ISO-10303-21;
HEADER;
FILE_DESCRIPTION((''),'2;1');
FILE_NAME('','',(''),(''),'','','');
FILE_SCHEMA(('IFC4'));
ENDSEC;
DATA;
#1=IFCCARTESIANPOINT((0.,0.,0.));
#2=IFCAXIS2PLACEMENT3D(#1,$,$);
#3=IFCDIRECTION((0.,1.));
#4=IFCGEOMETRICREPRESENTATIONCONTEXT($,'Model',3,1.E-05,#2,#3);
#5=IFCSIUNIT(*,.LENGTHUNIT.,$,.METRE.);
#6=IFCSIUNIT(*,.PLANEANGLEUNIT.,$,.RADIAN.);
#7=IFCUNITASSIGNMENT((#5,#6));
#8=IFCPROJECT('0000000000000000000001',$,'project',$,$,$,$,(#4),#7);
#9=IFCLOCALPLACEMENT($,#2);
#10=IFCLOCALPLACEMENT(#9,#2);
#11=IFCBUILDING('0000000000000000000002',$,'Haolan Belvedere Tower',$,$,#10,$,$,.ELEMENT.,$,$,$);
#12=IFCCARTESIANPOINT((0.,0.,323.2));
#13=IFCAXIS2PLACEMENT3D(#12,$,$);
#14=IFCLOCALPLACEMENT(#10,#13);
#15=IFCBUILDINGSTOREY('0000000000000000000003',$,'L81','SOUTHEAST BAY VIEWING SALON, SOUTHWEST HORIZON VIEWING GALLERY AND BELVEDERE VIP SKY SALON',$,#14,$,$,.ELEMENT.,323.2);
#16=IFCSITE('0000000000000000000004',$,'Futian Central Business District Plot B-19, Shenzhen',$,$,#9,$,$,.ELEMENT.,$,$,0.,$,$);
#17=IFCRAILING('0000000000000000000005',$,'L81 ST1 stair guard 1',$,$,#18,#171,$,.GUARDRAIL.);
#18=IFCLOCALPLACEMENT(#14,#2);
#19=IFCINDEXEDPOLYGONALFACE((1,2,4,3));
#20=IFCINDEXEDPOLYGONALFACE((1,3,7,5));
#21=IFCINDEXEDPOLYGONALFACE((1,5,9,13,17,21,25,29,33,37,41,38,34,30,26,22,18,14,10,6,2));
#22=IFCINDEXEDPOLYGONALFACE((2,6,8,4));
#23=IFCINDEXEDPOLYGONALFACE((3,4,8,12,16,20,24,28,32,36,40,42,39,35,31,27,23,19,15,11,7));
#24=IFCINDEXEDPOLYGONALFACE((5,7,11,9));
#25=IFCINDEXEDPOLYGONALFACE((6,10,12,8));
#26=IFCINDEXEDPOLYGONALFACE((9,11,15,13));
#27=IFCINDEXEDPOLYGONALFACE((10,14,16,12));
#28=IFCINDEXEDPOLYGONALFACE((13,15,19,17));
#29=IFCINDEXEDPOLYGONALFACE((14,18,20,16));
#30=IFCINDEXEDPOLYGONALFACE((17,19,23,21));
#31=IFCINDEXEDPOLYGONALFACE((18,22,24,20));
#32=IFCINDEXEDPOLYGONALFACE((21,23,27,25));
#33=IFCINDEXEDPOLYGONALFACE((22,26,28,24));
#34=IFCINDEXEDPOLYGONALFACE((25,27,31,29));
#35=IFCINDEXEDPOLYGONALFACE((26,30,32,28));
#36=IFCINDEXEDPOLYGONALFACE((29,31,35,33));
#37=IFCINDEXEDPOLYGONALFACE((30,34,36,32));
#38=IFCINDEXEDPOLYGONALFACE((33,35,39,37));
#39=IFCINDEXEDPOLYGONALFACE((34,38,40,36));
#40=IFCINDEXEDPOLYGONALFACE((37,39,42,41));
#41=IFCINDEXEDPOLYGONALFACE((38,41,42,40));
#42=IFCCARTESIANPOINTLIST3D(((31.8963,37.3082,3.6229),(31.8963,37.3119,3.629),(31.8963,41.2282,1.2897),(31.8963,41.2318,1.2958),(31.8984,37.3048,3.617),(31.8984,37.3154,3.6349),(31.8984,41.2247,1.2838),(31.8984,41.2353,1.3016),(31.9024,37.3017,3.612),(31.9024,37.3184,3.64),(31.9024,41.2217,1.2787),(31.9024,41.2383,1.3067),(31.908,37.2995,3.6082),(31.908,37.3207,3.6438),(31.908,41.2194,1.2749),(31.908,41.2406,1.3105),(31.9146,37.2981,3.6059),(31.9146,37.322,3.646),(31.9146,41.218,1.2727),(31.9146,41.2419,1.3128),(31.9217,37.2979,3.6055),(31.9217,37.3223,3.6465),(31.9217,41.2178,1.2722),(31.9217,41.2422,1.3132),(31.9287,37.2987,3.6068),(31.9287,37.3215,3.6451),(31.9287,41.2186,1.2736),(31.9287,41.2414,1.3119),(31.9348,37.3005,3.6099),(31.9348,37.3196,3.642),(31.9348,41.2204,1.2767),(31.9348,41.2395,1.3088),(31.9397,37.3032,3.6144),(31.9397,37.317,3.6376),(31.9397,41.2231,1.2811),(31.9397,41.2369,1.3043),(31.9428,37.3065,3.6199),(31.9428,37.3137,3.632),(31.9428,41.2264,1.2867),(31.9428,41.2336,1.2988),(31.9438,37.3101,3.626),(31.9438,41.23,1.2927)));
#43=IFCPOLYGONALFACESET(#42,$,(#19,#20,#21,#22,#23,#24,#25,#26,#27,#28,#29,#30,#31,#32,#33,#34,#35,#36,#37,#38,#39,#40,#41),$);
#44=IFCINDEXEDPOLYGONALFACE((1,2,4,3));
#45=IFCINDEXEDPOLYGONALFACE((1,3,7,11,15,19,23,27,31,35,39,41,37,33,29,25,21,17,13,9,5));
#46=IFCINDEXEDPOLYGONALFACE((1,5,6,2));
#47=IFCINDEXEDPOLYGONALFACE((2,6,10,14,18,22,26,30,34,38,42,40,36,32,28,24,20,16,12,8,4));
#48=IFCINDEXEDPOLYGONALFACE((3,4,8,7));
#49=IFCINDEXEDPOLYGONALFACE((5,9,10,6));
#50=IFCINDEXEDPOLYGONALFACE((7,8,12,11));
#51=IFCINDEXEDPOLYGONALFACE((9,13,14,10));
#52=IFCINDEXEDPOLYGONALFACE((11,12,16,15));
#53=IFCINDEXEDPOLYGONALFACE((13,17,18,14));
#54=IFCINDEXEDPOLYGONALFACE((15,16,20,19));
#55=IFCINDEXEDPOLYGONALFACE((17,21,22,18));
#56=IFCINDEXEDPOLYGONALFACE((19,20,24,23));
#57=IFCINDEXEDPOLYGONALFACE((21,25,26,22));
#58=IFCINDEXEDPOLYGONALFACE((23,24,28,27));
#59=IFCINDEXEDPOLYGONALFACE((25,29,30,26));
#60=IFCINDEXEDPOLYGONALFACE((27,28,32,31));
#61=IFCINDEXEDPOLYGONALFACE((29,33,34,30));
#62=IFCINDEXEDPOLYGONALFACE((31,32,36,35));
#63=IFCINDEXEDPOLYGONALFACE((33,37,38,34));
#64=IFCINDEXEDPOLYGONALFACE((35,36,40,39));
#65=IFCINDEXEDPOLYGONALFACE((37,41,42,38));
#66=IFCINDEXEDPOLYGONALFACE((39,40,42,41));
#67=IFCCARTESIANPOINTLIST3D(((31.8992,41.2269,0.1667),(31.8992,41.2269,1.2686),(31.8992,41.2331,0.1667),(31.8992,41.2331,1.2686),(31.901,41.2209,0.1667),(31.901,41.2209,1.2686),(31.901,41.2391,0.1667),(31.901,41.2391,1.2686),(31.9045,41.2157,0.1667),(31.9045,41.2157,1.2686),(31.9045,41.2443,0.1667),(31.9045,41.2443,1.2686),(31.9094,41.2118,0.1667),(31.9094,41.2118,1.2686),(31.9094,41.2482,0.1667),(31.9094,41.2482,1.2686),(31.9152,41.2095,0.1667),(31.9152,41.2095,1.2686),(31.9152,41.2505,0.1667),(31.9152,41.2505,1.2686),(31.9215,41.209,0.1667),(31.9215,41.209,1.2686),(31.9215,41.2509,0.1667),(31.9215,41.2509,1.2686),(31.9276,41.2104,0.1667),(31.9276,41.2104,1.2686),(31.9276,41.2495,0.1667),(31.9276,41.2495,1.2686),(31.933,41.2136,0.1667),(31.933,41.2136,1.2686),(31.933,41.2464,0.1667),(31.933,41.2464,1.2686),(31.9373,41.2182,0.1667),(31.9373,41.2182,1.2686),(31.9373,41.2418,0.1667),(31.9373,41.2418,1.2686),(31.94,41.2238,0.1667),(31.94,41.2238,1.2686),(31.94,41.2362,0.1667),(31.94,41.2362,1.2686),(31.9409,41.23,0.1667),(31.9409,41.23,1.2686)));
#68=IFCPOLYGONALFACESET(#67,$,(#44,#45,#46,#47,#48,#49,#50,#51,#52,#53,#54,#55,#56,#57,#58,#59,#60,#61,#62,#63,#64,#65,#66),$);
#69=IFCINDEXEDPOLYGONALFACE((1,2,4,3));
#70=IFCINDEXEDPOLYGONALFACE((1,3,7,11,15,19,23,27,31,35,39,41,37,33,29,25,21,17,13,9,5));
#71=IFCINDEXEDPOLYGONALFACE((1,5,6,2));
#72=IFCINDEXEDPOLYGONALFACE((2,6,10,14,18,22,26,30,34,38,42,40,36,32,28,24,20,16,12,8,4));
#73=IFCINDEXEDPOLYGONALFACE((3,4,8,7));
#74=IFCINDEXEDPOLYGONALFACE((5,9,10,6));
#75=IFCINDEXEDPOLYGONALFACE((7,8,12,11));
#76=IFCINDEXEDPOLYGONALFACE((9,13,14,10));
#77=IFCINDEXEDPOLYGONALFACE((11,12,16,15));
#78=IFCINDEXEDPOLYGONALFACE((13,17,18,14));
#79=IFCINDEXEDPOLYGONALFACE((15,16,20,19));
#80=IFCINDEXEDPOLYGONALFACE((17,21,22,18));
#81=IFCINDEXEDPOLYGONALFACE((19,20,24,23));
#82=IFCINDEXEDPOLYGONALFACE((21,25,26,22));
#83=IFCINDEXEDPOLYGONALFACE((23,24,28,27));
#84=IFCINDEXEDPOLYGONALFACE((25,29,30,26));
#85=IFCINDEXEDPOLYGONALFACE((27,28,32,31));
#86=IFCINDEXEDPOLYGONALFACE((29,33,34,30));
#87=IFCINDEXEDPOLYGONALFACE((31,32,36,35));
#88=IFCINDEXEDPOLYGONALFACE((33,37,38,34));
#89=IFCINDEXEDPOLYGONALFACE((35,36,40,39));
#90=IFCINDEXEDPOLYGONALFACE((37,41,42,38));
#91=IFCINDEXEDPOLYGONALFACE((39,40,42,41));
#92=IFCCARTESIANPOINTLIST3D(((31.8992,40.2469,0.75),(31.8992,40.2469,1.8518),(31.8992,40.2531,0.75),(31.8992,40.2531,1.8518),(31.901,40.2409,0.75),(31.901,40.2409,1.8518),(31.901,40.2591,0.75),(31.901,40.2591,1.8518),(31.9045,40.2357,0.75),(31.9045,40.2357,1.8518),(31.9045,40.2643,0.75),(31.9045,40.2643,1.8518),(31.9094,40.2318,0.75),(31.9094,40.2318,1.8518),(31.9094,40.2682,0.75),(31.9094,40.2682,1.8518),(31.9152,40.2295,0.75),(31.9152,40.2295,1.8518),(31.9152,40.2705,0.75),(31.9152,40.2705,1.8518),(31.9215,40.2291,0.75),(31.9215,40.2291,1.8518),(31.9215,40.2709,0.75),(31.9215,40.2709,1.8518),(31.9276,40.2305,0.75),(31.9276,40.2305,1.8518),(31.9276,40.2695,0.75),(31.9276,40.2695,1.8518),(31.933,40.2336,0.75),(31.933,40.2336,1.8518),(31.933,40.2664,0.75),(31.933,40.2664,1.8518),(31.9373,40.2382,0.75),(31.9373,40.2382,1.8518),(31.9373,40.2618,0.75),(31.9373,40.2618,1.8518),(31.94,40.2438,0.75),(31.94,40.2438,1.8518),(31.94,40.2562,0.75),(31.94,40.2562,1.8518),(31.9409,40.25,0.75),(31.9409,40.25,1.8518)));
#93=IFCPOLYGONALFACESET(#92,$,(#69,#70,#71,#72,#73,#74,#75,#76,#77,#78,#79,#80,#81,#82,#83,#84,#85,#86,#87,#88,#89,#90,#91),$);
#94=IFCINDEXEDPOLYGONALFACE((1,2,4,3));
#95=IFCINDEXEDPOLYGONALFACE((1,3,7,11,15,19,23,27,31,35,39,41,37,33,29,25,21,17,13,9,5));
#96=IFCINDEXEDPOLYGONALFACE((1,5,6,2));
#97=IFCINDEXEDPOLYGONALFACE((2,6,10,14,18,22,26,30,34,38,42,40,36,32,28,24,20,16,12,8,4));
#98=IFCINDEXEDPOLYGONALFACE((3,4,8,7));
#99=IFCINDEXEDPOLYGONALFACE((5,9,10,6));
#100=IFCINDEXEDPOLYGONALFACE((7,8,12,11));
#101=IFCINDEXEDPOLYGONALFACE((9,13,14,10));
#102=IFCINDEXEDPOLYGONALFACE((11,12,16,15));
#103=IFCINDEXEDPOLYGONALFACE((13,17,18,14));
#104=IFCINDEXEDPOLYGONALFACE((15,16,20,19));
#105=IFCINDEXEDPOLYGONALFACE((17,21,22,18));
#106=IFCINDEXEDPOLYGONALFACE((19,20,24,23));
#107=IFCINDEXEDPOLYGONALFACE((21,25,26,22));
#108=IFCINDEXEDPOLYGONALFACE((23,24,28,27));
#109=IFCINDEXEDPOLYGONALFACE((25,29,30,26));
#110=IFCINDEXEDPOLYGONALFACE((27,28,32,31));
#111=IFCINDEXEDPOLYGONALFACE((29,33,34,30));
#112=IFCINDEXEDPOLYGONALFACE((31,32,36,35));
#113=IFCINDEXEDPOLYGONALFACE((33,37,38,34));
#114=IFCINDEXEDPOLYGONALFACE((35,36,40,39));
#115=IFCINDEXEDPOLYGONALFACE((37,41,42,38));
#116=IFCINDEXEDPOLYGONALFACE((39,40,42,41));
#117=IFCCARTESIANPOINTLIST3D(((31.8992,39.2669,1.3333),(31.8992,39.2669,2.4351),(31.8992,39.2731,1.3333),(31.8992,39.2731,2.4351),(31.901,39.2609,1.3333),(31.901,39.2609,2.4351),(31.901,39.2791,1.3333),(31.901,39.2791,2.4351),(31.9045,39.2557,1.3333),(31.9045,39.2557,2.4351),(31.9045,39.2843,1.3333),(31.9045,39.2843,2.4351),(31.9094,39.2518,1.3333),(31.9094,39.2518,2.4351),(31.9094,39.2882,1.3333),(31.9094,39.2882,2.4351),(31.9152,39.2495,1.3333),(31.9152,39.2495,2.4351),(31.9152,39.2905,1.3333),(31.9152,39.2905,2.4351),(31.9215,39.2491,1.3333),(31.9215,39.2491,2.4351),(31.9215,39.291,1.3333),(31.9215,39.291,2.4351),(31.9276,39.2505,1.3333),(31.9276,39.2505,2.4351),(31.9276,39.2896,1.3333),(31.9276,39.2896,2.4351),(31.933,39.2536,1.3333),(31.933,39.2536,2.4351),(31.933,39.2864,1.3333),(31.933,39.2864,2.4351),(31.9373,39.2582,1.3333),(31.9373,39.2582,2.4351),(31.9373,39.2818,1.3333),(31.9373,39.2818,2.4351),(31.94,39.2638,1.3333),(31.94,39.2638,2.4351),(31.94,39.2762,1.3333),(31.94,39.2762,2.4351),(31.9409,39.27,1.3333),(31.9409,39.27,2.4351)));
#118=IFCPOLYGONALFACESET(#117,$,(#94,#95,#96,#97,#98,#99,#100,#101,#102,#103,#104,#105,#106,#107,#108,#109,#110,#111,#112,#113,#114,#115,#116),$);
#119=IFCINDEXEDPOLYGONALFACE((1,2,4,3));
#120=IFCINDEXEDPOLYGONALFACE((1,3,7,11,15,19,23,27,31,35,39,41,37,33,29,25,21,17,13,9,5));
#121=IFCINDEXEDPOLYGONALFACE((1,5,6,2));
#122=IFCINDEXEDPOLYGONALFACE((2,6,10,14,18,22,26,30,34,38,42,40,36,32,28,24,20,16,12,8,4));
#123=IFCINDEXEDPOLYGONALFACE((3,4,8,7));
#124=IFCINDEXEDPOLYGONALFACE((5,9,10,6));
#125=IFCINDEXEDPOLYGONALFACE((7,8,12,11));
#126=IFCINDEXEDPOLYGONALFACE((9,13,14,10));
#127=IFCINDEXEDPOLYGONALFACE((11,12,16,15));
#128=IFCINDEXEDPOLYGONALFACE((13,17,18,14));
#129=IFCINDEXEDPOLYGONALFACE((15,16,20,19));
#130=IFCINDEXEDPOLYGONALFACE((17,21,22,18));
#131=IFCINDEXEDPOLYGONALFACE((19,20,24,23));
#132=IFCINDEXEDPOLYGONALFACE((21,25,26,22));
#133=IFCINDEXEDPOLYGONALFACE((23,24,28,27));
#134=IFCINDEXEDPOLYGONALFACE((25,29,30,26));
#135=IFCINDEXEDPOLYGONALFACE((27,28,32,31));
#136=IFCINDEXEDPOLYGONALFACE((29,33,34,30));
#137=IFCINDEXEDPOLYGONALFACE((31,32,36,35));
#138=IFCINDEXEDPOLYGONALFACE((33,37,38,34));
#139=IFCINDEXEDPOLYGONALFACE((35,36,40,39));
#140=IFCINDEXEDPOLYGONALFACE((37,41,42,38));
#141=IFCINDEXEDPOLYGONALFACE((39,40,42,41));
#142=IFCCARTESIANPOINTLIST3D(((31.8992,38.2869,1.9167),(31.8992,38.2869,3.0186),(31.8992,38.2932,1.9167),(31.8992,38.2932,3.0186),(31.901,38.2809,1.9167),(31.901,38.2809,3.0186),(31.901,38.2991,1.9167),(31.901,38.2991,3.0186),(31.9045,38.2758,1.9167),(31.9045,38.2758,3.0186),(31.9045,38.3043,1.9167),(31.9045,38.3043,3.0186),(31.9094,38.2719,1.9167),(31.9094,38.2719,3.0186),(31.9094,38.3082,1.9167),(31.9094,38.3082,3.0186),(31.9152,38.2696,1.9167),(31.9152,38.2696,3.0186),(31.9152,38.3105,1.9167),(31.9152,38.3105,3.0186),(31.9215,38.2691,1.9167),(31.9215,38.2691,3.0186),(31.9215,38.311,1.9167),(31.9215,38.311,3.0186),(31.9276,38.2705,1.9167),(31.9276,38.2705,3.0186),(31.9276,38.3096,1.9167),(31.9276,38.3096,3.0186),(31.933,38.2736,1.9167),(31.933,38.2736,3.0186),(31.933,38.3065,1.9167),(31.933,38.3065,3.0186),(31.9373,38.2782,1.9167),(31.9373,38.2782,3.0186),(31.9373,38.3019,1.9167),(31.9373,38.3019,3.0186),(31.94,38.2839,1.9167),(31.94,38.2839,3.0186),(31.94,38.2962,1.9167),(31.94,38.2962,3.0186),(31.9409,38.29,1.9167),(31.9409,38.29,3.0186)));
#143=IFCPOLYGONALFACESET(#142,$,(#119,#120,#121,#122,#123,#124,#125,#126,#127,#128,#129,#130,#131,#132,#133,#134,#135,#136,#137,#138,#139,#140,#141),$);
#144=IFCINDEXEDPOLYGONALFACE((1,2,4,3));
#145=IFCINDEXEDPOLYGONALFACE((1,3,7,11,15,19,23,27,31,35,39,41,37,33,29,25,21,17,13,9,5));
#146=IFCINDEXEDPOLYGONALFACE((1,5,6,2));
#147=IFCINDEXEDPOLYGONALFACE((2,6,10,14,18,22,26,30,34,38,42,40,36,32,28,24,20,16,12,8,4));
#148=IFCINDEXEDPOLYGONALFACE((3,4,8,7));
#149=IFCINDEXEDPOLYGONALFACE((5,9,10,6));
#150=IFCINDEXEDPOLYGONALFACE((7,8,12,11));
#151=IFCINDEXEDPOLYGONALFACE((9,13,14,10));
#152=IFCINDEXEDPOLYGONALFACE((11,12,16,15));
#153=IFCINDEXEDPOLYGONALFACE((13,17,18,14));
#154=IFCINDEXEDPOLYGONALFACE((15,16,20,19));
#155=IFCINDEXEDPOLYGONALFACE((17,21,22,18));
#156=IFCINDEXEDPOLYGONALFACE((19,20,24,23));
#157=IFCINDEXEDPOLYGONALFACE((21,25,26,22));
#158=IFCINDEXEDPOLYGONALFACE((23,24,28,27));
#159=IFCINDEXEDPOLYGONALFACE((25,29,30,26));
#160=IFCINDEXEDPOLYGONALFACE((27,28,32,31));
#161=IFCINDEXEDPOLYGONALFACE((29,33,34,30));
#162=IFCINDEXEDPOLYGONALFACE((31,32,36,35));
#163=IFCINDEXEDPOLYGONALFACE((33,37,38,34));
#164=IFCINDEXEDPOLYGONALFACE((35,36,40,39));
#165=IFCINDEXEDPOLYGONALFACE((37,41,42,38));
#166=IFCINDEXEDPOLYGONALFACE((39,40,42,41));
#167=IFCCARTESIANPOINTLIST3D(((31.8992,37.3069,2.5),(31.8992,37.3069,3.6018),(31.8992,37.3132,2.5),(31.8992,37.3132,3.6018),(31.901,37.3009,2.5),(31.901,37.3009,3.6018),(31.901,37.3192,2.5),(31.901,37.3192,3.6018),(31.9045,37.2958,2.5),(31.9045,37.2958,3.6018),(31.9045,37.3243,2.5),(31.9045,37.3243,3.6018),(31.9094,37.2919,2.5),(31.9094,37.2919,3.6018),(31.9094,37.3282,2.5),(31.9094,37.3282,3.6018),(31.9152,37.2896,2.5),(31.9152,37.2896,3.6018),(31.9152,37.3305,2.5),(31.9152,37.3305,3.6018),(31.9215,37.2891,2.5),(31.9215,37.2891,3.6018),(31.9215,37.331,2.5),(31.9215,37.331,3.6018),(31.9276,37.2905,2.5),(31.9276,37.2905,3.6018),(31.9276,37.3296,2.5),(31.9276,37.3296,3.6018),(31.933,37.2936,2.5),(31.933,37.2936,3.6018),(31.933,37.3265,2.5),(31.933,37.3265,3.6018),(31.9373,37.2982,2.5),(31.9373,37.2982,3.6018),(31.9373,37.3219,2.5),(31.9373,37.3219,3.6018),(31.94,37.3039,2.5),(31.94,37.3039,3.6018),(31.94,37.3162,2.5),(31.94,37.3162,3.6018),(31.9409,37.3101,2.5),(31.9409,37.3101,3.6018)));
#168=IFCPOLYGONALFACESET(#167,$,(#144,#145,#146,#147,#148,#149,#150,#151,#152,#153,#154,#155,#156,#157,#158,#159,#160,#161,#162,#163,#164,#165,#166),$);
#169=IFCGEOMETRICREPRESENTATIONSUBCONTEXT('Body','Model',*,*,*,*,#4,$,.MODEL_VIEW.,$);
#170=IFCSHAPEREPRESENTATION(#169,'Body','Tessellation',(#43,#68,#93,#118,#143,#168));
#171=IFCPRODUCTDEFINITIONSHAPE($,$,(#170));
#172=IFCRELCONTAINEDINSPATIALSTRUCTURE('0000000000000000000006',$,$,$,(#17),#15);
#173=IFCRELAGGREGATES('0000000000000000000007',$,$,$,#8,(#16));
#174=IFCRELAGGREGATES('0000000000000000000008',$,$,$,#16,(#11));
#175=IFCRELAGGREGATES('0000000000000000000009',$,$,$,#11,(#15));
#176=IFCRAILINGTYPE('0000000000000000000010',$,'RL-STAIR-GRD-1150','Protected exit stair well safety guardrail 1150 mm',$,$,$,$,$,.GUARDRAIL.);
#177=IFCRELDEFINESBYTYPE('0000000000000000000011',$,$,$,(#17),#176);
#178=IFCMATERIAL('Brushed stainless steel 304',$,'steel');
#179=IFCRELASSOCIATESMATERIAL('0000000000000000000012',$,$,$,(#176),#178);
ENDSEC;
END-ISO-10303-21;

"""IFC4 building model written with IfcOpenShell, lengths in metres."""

from ifc_helpers import new_model, si_unit, direction, frame, origin, origin_2d, place, context, subcontext, project, spatial, circle, extrude, material, type_object, element, save


model = new_model("IFC4")

# Units and contexts
model_context = context("Model", 3, precision=1e-05, world=origin(), true_north=direction((0.0, 1.0)))
body_context = subcontext(model_context, "Body", "Model", "MODEL_VIEW")
ifc_project = project(units=[si_unit("LENGTHUNIT", "METRE"), si_unit("PLANEANGLEUNIT", "RADIAN")], contexts=[model_context])

# Site, building, storey
site_placement = place(None, origin())
site = spatial("IfcSite", under=ifc_project, at=site_placement, Name="Futian Central Business District Plot B-19, Shenzhen", CompositionType="ELEMENT", RefElevation=0.0)
building_placement = place(site_placement, origin())
building = spatial("IfcBuilding", under=site, at=building_placement, Name="Haolan Belvedere Tower", CompositionType="ELEMENT")
storey_placement = place(building_placement, frame((0.0, 0.0, 323.2)))
storey = spatial("IfcBuildingStorey", under=building, at=storey_placement, Name="L81", Description="SOUTHEAST BAY VIEWING SALON, SOUTHWEST HORIZON VIEWING GALLERY AND BELVEDERE VIP SKY SALON", CompositionType="ELEMENT", Elevation=323.2)

# Railing
ifc_material_1 = material(Name="Brushed stainless steel 304", Category="steel")
railing_type_1 = type_object("IfcRailingType", Name="RL-STAIR-GRD-1150", Description="Protected exit stair well safety guardrail 1150 mm", PredefinedType="GUARDRAIL", material=ifc_material_1)
railing_1_placement = place(storey_placement, frame((31.9199, 41.23, 0.1667)))
element("IfcRailing", 1, at=railing_1_placement, inside=storey, type_object=railing_type_1, Name="L81 ST1 stair guard 1", PredefinedType="GUARDRAIL", context=body_context, shape_type="SweptSolid", body=[
    extrude(circle(Radius=0.0239, at=origin_2d()), frame((0.0, 0.0, 1.126), z_axis=(0.0, -0.859296, 0.511478), x_axis=(1.0, 0.0, 0.0)), (0.0, 0.0, 1.0), 4.5618),
    extrude(circle(Radius=0.021, at=origin_2d()), origin(), (0.0, 0.0, 1.0), 1.1018),
    extrude(circle(Radius=0.021, at=origin_2d()), frame((0.0, -0.98, 0.5833)), (0.0, 0.0, 1.0), 1.1018),
    extrude(circle(Radius=0.021, at=origin_2d()), frame((0.0, -1.96, 1.1665)), (0.0, 0.0, 1.0), 1.1018),
    extrude(circle(Radius=0.021, at=origin_2d()), frame((0.0, -2.9399, 1.75)), (0.0, 0.0, 1.0), 1.1018),
    extrude(circle(Radius=0.021, at=origin_2d()), frame((0.0, -3.9199, 2.3333)), (0.0, 0.0, 1.0), 1.1018),
])

save(model, "model.ifc")
